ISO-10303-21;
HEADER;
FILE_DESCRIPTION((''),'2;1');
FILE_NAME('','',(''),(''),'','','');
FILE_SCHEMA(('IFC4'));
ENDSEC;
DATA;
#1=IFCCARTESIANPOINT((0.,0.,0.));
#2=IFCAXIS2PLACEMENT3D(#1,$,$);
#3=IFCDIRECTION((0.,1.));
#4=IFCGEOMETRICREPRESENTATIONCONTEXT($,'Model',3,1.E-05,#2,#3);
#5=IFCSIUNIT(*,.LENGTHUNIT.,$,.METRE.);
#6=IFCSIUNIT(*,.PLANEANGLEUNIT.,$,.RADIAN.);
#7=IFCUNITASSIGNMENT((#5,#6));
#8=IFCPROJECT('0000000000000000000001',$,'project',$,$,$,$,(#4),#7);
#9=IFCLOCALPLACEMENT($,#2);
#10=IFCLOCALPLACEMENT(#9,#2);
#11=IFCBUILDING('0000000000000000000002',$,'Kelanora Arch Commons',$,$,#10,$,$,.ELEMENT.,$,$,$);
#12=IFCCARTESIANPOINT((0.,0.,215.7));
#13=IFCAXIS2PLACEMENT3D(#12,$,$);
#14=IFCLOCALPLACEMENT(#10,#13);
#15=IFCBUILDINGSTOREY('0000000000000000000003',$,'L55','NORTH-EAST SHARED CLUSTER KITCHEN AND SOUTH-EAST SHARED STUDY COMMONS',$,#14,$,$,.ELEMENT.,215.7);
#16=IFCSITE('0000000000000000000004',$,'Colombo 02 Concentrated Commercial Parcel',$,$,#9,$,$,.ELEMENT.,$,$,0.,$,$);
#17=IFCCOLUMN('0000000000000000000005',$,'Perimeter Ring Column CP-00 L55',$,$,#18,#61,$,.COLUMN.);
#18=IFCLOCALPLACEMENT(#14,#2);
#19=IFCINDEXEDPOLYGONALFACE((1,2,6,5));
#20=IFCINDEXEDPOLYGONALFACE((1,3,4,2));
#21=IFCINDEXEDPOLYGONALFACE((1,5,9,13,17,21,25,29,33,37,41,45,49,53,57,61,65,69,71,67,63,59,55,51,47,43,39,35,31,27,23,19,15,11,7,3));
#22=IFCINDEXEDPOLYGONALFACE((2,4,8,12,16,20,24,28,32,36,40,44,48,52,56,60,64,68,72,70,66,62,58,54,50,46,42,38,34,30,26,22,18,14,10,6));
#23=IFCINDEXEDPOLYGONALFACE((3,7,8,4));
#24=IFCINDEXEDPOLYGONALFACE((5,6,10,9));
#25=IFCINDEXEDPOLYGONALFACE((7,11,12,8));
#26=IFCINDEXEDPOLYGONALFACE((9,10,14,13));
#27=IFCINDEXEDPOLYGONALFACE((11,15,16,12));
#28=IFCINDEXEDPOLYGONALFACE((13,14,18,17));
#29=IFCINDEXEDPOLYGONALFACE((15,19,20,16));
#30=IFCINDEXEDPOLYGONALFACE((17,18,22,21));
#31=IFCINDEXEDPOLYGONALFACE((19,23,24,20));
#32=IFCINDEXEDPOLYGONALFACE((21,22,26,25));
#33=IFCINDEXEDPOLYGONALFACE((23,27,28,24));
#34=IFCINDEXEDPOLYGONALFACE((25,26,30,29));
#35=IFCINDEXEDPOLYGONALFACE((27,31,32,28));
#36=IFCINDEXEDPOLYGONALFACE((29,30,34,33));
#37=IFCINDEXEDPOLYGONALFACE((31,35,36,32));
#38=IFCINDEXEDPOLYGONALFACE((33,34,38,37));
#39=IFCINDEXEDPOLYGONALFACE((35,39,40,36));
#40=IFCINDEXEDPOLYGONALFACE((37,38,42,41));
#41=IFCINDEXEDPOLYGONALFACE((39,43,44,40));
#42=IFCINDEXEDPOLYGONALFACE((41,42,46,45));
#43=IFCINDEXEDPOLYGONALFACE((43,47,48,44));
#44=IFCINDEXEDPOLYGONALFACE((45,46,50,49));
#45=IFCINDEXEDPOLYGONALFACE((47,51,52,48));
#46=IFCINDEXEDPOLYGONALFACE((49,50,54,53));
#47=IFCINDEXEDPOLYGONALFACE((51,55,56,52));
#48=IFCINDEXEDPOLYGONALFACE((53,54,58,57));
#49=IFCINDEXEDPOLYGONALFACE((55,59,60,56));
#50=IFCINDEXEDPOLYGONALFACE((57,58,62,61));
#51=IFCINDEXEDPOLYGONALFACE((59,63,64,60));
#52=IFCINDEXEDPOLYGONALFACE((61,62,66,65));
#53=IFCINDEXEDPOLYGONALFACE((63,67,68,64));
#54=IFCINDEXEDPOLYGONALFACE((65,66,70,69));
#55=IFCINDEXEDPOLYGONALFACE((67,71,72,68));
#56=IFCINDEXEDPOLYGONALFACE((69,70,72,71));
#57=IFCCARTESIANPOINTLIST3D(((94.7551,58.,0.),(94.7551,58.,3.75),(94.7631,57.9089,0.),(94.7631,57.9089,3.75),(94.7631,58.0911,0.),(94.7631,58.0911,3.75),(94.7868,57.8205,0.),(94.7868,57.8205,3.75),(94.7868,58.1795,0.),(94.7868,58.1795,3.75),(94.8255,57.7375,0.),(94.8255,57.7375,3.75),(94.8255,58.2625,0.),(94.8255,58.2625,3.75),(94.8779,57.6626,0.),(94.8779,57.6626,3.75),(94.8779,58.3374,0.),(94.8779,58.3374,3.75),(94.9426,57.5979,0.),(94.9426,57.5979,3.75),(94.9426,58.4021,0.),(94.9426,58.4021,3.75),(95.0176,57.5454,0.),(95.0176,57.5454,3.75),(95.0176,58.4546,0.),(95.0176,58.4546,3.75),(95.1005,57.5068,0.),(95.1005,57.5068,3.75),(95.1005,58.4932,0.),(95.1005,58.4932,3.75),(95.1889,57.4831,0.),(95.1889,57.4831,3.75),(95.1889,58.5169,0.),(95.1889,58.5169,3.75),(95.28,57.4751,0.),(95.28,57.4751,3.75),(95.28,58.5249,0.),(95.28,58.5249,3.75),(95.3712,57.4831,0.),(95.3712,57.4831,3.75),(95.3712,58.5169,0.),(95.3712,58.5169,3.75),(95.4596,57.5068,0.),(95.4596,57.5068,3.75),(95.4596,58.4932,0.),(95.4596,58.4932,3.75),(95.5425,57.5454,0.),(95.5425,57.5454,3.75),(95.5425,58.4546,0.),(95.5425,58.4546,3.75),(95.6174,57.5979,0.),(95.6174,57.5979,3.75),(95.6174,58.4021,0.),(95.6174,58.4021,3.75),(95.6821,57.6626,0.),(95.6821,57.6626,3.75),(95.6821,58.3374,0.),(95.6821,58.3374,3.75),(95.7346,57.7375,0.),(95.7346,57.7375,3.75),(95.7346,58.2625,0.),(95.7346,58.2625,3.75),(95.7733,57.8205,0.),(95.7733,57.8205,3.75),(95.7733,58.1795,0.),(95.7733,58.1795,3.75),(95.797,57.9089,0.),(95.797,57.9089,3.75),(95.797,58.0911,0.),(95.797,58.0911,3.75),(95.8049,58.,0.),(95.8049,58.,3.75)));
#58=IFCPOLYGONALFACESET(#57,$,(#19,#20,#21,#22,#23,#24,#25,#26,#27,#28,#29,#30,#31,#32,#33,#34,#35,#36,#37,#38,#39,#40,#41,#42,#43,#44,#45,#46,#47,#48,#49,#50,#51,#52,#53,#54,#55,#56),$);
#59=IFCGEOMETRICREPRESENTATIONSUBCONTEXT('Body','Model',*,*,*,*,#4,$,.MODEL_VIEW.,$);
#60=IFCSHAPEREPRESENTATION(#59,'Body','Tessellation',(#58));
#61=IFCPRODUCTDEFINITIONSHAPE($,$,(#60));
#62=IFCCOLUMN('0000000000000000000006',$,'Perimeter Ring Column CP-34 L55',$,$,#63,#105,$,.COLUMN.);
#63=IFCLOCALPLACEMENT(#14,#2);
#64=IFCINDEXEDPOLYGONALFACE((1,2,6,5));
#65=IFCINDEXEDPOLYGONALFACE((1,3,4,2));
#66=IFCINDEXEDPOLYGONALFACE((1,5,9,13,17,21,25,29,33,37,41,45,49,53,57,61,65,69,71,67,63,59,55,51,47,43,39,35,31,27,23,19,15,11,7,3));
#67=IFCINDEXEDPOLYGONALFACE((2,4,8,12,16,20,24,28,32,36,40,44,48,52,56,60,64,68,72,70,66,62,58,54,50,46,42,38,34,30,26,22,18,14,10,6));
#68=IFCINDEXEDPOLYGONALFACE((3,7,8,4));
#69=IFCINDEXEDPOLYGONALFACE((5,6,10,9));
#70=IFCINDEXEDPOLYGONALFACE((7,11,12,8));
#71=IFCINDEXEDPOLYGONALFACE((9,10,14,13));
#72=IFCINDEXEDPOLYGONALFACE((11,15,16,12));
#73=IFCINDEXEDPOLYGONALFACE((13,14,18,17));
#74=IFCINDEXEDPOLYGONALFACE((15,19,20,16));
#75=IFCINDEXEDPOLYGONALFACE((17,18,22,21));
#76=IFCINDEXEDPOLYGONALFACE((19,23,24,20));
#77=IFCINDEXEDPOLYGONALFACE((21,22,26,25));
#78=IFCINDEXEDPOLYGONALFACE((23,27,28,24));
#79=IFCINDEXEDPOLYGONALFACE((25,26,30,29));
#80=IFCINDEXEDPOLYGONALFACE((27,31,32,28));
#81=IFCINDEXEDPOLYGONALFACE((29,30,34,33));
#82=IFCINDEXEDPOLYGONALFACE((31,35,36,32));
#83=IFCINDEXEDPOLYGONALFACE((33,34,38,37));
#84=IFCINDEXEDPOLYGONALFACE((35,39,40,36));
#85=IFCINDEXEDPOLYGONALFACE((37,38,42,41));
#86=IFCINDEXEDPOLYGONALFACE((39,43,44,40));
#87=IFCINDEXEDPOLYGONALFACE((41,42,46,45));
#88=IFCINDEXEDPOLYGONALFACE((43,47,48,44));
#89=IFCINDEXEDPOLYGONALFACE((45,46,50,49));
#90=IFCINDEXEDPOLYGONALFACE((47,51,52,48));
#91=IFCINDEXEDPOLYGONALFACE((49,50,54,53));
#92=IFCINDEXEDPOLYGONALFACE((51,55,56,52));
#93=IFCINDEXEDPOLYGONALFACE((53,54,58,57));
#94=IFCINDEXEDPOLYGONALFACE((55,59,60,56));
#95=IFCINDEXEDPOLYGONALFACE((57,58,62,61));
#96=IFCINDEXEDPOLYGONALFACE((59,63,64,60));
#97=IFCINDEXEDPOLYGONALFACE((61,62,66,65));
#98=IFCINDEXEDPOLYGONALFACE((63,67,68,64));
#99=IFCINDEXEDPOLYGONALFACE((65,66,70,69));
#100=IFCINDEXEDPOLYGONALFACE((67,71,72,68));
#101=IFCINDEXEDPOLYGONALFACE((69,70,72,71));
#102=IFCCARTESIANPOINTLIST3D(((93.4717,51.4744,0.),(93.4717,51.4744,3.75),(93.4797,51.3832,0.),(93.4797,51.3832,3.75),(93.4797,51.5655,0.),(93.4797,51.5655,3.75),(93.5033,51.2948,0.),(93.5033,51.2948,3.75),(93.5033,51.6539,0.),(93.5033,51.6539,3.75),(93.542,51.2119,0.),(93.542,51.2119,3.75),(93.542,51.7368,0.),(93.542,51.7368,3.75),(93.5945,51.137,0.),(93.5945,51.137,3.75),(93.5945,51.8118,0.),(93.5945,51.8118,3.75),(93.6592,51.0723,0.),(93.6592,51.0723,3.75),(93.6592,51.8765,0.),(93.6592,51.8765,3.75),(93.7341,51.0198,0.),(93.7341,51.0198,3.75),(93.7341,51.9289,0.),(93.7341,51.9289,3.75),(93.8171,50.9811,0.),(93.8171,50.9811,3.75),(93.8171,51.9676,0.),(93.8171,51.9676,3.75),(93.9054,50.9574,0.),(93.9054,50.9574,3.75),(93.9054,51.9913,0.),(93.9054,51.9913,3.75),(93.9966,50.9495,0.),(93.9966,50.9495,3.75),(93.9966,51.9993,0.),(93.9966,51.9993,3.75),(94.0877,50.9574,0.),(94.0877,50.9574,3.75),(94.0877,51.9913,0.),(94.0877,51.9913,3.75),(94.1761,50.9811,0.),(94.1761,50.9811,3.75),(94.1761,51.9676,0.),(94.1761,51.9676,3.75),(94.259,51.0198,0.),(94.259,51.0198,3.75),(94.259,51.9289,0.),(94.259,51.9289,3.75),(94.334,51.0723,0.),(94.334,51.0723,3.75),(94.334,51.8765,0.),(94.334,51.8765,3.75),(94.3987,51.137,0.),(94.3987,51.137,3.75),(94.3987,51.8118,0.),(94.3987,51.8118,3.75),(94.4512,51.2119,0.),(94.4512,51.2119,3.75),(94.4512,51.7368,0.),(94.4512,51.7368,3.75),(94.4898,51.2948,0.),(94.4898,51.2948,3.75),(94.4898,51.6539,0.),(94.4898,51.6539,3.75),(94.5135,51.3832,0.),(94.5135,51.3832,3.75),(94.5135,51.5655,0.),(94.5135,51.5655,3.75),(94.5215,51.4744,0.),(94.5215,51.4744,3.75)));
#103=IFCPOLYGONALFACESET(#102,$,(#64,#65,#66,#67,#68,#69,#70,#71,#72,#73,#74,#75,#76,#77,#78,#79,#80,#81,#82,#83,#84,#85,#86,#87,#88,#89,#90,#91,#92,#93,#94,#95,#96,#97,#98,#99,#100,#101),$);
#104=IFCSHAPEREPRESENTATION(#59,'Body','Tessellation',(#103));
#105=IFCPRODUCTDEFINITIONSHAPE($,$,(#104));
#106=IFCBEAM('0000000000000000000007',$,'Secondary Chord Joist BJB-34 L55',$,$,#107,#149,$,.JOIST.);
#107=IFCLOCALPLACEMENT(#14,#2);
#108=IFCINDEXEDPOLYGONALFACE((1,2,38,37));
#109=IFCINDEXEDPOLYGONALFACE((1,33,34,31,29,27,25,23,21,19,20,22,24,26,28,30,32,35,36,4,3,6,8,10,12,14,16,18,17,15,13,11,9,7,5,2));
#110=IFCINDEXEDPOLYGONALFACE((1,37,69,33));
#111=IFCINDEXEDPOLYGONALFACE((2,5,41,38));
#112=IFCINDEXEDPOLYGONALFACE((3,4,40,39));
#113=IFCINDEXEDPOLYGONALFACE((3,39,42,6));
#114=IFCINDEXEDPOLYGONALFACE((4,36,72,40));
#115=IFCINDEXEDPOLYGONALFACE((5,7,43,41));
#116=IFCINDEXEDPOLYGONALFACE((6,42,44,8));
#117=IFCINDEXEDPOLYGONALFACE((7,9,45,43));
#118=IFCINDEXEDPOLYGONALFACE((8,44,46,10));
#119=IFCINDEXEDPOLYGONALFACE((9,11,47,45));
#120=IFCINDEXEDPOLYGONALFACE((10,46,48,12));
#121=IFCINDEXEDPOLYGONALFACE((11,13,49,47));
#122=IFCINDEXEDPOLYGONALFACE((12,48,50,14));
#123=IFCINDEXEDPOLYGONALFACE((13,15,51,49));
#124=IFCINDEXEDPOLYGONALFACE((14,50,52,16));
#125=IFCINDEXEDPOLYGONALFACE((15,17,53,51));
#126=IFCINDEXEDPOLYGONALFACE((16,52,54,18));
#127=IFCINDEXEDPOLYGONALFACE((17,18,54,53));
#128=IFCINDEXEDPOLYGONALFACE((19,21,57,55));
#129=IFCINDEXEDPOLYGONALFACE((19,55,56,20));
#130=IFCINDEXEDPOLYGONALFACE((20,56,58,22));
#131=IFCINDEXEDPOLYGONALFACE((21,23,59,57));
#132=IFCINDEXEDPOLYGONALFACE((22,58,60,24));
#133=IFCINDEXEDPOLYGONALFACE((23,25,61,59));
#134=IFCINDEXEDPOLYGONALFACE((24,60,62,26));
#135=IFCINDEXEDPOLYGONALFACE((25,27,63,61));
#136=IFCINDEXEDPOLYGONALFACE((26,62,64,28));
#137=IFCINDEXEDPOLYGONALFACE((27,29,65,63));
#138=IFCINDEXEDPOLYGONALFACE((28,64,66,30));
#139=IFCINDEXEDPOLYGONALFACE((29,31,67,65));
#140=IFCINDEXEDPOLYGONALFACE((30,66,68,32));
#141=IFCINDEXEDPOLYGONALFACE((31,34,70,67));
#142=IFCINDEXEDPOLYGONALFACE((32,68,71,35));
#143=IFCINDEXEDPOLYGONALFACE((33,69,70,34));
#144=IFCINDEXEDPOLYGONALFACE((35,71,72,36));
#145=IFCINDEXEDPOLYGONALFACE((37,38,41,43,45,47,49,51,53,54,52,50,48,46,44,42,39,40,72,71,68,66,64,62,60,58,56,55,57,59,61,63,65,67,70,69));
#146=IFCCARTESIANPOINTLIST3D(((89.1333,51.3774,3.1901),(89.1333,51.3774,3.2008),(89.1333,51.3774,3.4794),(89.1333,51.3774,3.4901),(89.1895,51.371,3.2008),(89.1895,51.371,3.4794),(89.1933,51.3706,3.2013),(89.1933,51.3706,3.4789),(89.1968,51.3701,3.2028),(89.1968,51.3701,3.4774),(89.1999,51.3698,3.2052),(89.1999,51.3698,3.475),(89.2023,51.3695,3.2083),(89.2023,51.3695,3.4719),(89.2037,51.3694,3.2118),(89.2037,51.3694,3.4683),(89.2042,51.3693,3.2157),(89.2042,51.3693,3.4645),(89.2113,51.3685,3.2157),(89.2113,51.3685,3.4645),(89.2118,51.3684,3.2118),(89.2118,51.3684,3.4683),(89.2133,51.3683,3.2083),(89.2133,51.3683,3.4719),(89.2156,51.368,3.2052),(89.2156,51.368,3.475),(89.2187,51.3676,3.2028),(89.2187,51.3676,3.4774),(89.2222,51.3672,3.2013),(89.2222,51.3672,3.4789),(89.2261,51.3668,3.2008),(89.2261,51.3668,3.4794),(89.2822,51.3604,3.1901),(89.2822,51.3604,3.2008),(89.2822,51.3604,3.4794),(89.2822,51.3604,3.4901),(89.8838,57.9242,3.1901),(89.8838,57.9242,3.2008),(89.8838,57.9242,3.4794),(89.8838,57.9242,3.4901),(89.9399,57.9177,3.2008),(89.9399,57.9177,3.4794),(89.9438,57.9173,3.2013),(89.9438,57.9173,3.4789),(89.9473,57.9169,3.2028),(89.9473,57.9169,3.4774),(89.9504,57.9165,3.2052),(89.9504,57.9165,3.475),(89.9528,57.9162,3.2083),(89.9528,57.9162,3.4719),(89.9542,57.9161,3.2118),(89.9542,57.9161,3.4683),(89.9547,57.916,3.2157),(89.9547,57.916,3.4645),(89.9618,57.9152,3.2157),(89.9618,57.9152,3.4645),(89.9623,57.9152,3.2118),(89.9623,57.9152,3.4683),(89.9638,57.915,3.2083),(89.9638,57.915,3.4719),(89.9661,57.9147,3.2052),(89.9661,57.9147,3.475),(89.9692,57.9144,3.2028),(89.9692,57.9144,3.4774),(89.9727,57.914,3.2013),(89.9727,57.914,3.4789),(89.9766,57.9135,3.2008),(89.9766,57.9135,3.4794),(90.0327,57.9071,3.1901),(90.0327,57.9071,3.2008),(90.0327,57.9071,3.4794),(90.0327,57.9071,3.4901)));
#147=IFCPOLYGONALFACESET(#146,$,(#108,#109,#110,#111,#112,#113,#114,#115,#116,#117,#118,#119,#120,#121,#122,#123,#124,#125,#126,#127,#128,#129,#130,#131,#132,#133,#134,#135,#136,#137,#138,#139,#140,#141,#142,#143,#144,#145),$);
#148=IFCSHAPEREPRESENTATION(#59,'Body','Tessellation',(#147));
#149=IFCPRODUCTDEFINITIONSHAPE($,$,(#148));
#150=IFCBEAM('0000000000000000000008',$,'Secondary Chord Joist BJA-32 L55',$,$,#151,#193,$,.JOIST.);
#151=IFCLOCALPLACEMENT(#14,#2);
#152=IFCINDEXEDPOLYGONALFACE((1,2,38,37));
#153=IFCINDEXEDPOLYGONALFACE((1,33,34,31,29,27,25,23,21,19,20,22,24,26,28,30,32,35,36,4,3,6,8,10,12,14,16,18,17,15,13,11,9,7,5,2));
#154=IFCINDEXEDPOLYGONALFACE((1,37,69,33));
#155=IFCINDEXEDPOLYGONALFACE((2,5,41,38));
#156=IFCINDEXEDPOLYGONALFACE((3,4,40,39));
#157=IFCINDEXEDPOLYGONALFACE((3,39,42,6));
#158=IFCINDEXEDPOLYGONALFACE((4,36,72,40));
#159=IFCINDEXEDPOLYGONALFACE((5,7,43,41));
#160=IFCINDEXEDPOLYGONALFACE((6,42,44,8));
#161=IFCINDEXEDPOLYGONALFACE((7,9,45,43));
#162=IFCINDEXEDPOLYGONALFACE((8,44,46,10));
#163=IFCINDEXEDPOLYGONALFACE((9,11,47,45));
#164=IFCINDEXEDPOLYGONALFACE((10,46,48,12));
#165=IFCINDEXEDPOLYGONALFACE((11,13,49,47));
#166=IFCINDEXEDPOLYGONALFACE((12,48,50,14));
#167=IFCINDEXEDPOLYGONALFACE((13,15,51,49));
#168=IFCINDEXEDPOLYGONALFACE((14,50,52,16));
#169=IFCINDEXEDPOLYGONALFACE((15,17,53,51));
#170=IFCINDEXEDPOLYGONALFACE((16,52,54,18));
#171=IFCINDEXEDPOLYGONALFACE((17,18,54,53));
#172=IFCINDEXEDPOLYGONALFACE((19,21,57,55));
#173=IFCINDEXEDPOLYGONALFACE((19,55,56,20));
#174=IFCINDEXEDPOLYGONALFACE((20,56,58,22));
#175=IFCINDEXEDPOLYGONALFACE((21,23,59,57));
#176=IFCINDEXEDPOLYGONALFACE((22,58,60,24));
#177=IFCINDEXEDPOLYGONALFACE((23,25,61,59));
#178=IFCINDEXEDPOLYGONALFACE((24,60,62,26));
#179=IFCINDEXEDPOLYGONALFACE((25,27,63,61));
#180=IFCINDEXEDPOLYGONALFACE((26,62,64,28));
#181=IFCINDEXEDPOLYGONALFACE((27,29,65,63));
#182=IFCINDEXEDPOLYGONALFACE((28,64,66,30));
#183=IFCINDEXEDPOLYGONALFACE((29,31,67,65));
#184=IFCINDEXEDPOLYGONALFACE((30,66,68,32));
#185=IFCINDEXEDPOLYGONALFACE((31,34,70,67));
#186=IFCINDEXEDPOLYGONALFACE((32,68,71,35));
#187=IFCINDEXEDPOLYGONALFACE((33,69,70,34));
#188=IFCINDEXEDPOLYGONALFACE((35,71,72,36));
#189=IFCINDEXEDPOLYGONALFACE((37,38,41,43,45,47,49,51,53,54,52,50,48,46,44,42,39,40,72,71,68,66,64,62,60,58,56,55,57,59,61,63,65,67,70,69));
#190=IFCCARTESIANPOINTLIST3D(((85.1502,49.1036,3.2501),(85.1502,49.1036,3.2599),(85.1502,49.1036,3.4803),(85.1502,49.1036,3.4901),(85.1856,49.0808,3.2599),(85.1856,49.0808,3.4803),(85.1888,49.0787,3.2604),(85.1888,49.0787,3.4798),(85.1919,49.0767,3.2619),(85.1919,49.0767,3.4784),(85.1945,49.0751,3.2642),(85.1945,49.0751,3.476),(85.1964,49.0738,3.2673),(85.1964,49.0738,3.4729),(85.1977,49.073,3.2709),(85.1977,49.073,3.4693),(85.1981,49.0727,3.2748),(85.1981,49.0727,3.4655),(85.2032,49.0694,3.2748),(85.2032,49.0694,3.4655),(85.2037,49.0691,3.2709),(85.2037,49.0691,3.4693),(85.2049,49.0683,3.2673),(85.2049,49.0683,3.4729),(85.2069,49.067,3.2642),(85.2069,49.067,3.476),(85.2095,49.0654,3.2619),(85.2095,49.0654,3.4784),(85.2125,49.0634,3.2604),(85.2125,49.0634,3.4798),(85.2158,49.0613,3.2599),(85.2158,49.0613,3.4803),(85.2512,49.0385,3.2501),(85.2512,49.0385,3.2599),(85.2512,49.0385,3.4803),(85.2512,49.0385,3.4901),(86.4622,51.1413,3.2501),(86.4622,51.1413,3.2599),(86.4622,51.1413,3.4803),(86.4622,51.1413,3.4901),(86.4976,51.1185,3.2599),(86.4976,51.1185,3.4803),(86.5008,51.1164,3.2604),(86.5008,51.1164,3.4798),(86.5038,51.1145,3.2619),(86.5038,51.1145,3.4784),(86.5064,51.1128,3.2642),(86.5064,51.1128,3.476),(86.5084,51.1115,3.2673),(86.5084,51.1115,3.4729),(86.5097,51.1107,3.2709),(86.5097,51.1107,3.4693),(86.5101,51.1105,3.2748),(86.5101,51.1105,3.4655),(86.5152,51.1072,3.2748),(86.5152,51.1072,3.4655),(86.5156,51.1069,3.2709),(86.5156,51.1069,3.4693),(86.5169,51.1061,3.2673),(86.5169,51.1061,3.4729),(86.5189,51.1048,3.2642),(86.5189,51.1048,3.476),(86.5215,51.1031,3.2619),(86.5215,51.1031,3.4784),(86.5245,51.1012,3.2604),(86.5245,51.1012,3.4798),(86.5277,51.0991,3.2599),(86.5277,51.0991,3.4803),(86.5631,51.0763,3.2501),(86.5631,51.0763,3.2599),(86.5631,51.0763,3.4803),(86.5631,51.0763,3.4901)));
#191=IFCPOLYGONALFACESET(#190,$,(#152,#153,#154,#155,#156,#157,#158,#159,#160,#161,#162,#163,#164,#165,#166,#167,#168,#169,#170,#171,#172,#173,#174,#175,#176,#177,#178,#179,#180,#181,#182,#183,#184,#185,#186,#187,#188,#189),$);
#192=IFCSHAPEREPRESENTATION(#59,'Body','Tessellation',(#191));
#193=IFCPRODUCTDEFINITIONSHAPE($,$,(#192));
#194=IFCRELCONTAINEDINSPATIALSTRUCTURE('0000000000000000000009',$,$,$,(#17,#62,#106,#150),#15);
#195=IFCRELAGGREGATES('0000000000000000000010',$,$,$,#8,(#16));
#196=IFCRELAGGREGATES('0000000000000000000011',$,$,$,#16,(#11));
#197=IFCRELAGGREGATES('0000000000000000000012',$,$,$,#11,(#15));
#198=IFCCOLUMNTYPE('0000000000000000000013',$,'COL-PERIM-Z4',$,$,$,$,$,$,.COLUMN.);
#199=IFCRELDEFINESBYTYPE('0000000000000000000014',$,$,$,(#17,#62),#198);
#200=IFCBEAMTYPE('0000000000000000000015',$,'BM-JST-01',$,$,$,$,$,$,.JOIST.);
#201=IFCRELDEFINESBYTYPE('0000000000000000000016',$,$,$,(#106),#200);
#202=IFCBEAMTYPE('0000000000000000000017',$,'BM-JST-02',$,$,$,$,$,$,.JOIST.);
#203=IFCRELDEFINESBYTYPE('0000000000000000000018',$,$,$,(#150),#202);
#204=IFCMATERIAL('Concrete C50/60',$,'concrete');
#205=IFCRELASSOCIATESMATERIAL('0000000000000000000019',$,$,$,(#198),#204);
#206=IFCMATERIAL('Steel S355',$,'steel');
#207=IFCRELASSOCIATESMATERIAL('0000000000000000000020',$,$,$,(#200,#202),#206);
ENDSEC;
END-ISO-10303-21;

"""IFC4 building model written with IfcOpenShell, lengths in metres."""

from ifc_helpers import new_model, si_unit, direction, frame, origin, origin_2d, place, context, subcontext, project, spatial, circle, i_section, extrude, material, material_profile, profile_set, type_object, element, save


model = new_model("IFC4")

# Units and contexts
model_context = context("Model", 3, precision=1e-05, world=origin(), true_north=direction((0.0, 1.0)))
body_context = subcontext(model_context, "Body", "Model", "MODEL_VIEW")
ifc_project = project(units=[si_unit("LENGTHUNIT", "METRE"), si_unit("PLANEANGLEUNIT", "RADIAN")], contexts=[model_context])

# Site, building, storey
site_placement = place(None, origin())
site = spatial("IfcSite", under=ifc_project, at=site_placement, Name="Colombo 02 Concentrated Commercial Parcel", CompositionType="ELEMENT", RefElevation=0.0)
building_placement = place(site_placement, origin())
building = spatial("IfcBuilding", under=site, at=building_placement, Name="Kelanora Arch Commons", CompositionType="ELEMENT")
storey_placement = place(building_placement, frame((0.0, 0.0, 215.7)))
storey = spatial("IfcBuildingStorey", under=building, at=storey_placement, Name="L55", Description="NORTH-EAST SHARED CLUSTER KITCHEN AND SOUTH-EAST SHARED STUDY COMMONS", CompositionType="ELEMENT", Elevation=215.7)

# Columns
ifc_material_1 = material(Name="Concrete C50/60", Category="concrete")
ifc_material_profile_1 = material_profile(ifc_material_1, circle(Radius=0.5249, at=origin_2d()), Name="RCC1050")
ifc_profile_set_1 = profile_set([ifc_material_profile_1], Name="Concrete C50/60")
column_type = type_object("IfcColumnType", Name="COL-PERIM-Z4", PredefinedType="COLUMN", material=ifc_profile_set_1)
for number, where, z_axis, x_axis, name in (
    (1, (95.28, 58.0, 0.0), (0.0, 0.0, 1.0), (1.0, 0.0, 0.0), "Perimeter Ring Column CP-00 L55"),
    (2, (93.9966, 51.4744, 0.0), (0.0, 0.0, 1.0), (1.0, 0.0, 0.0), "Perimeter Ring Column CP-34 L55"),
):
    element("IfcColumn", number, at=place(storey_placement, frame(where, z_axis=z_axis, x_axis=x_axis)), inside=storey, type_object=column_type, Name=name, PredefinedType="COLUMN", context=body_context, shape_type="SweptSolid", body=[
        extrude(circle(Radius=0.5249, at=origin_2d()), origin(), (0.0, 0.0, 1.0), 3.75),
    ])

# Beams
ifc_material_2 = material(Name="Steel S355", Category="steel")
ifc_material_profile_2 = material_profile(ifc_material_2, i_section(OverallWidth=0.1499, OverallDepth=0.3, WebThickness=0.0071, FlangeThickness=0.0107, FilletRadius=0.0149, at=origin_2d()), Name="IPE300")
ifc_profile_set_2 = profile_set([ifc_material_profile_2], Name="Steel S355")
beam_type_1 = type_object("IfcBeamType", Name="BM-JST-01", PredefinedType="JOIST", material=ifc_profile_set_2)
beam_1_placement = place(storey_placement, frame((89.2078, 51.3689, 3.3401), z_axis=(0.113891, 0.993493, 0.0), x_axis=(-0.993493, 0.113891, 0.0)))
element("IfcBeam", 3, at=beam_1_placement, inside=storey, type_object=beam_type_1, Name="Secondary Chord Joist BJB-34 L55", PredefinedType="JOIST", context=body_context, shape_type="SweptSolid", body=[
    extrude(i_section(OverallWidth=0.1499, OverallDepth=0.3, WebThickness=0.0071, FlangeThickness=0.0107, FilletRadius=0.0149, at=origin_2d()), origin(), (0.0, 0.0, 1.0), 6.5896),
])
ifc_material_profile_3 = material_profile(ifc_material_2, i_section(OverallWidth=0.1201, OverallDepth=0.24, WebThickness=0.0061, FlangeThickness=0.0098, FilletRadius=0.0149, at=origin_2d()), Name="IPE240")
ifc_profile_set_3 = profile_set([ifc_material_profile_3], Name="Steel S355")
beam_type_2 = type_object("IfcBeamType", Name="BM-JST-02", PredefinedType="JOIST", material=ifc_profile_set_3)
beam_2_placement = place(storey_placement, frame((85.2007, 49.071, 3.3701), z_axis=(0.541333, 0.840808, 0.0), x_axis=(-0.840808, 0.541333, 0.0)))
element("IfcBeam", 4, at=beam_2_placement, inside=storey, type_object=beam_type_2, Name="Secondary Chord Joist BJA-32 L55", PredefinedType="JOIST", context=body_context, shape_type="SweptSolid", body=[
    extrude(i_section(OverallWidth=0.1201, OverallDepth=0.24, WebThickness=0.0061, FlangeThickness=0.0098, FilletRadius=0.0149, at=origin_2d()), origin(), (0.0, 0.0, 1.0), 2.4236),
])

save(model, "model.ifc")
